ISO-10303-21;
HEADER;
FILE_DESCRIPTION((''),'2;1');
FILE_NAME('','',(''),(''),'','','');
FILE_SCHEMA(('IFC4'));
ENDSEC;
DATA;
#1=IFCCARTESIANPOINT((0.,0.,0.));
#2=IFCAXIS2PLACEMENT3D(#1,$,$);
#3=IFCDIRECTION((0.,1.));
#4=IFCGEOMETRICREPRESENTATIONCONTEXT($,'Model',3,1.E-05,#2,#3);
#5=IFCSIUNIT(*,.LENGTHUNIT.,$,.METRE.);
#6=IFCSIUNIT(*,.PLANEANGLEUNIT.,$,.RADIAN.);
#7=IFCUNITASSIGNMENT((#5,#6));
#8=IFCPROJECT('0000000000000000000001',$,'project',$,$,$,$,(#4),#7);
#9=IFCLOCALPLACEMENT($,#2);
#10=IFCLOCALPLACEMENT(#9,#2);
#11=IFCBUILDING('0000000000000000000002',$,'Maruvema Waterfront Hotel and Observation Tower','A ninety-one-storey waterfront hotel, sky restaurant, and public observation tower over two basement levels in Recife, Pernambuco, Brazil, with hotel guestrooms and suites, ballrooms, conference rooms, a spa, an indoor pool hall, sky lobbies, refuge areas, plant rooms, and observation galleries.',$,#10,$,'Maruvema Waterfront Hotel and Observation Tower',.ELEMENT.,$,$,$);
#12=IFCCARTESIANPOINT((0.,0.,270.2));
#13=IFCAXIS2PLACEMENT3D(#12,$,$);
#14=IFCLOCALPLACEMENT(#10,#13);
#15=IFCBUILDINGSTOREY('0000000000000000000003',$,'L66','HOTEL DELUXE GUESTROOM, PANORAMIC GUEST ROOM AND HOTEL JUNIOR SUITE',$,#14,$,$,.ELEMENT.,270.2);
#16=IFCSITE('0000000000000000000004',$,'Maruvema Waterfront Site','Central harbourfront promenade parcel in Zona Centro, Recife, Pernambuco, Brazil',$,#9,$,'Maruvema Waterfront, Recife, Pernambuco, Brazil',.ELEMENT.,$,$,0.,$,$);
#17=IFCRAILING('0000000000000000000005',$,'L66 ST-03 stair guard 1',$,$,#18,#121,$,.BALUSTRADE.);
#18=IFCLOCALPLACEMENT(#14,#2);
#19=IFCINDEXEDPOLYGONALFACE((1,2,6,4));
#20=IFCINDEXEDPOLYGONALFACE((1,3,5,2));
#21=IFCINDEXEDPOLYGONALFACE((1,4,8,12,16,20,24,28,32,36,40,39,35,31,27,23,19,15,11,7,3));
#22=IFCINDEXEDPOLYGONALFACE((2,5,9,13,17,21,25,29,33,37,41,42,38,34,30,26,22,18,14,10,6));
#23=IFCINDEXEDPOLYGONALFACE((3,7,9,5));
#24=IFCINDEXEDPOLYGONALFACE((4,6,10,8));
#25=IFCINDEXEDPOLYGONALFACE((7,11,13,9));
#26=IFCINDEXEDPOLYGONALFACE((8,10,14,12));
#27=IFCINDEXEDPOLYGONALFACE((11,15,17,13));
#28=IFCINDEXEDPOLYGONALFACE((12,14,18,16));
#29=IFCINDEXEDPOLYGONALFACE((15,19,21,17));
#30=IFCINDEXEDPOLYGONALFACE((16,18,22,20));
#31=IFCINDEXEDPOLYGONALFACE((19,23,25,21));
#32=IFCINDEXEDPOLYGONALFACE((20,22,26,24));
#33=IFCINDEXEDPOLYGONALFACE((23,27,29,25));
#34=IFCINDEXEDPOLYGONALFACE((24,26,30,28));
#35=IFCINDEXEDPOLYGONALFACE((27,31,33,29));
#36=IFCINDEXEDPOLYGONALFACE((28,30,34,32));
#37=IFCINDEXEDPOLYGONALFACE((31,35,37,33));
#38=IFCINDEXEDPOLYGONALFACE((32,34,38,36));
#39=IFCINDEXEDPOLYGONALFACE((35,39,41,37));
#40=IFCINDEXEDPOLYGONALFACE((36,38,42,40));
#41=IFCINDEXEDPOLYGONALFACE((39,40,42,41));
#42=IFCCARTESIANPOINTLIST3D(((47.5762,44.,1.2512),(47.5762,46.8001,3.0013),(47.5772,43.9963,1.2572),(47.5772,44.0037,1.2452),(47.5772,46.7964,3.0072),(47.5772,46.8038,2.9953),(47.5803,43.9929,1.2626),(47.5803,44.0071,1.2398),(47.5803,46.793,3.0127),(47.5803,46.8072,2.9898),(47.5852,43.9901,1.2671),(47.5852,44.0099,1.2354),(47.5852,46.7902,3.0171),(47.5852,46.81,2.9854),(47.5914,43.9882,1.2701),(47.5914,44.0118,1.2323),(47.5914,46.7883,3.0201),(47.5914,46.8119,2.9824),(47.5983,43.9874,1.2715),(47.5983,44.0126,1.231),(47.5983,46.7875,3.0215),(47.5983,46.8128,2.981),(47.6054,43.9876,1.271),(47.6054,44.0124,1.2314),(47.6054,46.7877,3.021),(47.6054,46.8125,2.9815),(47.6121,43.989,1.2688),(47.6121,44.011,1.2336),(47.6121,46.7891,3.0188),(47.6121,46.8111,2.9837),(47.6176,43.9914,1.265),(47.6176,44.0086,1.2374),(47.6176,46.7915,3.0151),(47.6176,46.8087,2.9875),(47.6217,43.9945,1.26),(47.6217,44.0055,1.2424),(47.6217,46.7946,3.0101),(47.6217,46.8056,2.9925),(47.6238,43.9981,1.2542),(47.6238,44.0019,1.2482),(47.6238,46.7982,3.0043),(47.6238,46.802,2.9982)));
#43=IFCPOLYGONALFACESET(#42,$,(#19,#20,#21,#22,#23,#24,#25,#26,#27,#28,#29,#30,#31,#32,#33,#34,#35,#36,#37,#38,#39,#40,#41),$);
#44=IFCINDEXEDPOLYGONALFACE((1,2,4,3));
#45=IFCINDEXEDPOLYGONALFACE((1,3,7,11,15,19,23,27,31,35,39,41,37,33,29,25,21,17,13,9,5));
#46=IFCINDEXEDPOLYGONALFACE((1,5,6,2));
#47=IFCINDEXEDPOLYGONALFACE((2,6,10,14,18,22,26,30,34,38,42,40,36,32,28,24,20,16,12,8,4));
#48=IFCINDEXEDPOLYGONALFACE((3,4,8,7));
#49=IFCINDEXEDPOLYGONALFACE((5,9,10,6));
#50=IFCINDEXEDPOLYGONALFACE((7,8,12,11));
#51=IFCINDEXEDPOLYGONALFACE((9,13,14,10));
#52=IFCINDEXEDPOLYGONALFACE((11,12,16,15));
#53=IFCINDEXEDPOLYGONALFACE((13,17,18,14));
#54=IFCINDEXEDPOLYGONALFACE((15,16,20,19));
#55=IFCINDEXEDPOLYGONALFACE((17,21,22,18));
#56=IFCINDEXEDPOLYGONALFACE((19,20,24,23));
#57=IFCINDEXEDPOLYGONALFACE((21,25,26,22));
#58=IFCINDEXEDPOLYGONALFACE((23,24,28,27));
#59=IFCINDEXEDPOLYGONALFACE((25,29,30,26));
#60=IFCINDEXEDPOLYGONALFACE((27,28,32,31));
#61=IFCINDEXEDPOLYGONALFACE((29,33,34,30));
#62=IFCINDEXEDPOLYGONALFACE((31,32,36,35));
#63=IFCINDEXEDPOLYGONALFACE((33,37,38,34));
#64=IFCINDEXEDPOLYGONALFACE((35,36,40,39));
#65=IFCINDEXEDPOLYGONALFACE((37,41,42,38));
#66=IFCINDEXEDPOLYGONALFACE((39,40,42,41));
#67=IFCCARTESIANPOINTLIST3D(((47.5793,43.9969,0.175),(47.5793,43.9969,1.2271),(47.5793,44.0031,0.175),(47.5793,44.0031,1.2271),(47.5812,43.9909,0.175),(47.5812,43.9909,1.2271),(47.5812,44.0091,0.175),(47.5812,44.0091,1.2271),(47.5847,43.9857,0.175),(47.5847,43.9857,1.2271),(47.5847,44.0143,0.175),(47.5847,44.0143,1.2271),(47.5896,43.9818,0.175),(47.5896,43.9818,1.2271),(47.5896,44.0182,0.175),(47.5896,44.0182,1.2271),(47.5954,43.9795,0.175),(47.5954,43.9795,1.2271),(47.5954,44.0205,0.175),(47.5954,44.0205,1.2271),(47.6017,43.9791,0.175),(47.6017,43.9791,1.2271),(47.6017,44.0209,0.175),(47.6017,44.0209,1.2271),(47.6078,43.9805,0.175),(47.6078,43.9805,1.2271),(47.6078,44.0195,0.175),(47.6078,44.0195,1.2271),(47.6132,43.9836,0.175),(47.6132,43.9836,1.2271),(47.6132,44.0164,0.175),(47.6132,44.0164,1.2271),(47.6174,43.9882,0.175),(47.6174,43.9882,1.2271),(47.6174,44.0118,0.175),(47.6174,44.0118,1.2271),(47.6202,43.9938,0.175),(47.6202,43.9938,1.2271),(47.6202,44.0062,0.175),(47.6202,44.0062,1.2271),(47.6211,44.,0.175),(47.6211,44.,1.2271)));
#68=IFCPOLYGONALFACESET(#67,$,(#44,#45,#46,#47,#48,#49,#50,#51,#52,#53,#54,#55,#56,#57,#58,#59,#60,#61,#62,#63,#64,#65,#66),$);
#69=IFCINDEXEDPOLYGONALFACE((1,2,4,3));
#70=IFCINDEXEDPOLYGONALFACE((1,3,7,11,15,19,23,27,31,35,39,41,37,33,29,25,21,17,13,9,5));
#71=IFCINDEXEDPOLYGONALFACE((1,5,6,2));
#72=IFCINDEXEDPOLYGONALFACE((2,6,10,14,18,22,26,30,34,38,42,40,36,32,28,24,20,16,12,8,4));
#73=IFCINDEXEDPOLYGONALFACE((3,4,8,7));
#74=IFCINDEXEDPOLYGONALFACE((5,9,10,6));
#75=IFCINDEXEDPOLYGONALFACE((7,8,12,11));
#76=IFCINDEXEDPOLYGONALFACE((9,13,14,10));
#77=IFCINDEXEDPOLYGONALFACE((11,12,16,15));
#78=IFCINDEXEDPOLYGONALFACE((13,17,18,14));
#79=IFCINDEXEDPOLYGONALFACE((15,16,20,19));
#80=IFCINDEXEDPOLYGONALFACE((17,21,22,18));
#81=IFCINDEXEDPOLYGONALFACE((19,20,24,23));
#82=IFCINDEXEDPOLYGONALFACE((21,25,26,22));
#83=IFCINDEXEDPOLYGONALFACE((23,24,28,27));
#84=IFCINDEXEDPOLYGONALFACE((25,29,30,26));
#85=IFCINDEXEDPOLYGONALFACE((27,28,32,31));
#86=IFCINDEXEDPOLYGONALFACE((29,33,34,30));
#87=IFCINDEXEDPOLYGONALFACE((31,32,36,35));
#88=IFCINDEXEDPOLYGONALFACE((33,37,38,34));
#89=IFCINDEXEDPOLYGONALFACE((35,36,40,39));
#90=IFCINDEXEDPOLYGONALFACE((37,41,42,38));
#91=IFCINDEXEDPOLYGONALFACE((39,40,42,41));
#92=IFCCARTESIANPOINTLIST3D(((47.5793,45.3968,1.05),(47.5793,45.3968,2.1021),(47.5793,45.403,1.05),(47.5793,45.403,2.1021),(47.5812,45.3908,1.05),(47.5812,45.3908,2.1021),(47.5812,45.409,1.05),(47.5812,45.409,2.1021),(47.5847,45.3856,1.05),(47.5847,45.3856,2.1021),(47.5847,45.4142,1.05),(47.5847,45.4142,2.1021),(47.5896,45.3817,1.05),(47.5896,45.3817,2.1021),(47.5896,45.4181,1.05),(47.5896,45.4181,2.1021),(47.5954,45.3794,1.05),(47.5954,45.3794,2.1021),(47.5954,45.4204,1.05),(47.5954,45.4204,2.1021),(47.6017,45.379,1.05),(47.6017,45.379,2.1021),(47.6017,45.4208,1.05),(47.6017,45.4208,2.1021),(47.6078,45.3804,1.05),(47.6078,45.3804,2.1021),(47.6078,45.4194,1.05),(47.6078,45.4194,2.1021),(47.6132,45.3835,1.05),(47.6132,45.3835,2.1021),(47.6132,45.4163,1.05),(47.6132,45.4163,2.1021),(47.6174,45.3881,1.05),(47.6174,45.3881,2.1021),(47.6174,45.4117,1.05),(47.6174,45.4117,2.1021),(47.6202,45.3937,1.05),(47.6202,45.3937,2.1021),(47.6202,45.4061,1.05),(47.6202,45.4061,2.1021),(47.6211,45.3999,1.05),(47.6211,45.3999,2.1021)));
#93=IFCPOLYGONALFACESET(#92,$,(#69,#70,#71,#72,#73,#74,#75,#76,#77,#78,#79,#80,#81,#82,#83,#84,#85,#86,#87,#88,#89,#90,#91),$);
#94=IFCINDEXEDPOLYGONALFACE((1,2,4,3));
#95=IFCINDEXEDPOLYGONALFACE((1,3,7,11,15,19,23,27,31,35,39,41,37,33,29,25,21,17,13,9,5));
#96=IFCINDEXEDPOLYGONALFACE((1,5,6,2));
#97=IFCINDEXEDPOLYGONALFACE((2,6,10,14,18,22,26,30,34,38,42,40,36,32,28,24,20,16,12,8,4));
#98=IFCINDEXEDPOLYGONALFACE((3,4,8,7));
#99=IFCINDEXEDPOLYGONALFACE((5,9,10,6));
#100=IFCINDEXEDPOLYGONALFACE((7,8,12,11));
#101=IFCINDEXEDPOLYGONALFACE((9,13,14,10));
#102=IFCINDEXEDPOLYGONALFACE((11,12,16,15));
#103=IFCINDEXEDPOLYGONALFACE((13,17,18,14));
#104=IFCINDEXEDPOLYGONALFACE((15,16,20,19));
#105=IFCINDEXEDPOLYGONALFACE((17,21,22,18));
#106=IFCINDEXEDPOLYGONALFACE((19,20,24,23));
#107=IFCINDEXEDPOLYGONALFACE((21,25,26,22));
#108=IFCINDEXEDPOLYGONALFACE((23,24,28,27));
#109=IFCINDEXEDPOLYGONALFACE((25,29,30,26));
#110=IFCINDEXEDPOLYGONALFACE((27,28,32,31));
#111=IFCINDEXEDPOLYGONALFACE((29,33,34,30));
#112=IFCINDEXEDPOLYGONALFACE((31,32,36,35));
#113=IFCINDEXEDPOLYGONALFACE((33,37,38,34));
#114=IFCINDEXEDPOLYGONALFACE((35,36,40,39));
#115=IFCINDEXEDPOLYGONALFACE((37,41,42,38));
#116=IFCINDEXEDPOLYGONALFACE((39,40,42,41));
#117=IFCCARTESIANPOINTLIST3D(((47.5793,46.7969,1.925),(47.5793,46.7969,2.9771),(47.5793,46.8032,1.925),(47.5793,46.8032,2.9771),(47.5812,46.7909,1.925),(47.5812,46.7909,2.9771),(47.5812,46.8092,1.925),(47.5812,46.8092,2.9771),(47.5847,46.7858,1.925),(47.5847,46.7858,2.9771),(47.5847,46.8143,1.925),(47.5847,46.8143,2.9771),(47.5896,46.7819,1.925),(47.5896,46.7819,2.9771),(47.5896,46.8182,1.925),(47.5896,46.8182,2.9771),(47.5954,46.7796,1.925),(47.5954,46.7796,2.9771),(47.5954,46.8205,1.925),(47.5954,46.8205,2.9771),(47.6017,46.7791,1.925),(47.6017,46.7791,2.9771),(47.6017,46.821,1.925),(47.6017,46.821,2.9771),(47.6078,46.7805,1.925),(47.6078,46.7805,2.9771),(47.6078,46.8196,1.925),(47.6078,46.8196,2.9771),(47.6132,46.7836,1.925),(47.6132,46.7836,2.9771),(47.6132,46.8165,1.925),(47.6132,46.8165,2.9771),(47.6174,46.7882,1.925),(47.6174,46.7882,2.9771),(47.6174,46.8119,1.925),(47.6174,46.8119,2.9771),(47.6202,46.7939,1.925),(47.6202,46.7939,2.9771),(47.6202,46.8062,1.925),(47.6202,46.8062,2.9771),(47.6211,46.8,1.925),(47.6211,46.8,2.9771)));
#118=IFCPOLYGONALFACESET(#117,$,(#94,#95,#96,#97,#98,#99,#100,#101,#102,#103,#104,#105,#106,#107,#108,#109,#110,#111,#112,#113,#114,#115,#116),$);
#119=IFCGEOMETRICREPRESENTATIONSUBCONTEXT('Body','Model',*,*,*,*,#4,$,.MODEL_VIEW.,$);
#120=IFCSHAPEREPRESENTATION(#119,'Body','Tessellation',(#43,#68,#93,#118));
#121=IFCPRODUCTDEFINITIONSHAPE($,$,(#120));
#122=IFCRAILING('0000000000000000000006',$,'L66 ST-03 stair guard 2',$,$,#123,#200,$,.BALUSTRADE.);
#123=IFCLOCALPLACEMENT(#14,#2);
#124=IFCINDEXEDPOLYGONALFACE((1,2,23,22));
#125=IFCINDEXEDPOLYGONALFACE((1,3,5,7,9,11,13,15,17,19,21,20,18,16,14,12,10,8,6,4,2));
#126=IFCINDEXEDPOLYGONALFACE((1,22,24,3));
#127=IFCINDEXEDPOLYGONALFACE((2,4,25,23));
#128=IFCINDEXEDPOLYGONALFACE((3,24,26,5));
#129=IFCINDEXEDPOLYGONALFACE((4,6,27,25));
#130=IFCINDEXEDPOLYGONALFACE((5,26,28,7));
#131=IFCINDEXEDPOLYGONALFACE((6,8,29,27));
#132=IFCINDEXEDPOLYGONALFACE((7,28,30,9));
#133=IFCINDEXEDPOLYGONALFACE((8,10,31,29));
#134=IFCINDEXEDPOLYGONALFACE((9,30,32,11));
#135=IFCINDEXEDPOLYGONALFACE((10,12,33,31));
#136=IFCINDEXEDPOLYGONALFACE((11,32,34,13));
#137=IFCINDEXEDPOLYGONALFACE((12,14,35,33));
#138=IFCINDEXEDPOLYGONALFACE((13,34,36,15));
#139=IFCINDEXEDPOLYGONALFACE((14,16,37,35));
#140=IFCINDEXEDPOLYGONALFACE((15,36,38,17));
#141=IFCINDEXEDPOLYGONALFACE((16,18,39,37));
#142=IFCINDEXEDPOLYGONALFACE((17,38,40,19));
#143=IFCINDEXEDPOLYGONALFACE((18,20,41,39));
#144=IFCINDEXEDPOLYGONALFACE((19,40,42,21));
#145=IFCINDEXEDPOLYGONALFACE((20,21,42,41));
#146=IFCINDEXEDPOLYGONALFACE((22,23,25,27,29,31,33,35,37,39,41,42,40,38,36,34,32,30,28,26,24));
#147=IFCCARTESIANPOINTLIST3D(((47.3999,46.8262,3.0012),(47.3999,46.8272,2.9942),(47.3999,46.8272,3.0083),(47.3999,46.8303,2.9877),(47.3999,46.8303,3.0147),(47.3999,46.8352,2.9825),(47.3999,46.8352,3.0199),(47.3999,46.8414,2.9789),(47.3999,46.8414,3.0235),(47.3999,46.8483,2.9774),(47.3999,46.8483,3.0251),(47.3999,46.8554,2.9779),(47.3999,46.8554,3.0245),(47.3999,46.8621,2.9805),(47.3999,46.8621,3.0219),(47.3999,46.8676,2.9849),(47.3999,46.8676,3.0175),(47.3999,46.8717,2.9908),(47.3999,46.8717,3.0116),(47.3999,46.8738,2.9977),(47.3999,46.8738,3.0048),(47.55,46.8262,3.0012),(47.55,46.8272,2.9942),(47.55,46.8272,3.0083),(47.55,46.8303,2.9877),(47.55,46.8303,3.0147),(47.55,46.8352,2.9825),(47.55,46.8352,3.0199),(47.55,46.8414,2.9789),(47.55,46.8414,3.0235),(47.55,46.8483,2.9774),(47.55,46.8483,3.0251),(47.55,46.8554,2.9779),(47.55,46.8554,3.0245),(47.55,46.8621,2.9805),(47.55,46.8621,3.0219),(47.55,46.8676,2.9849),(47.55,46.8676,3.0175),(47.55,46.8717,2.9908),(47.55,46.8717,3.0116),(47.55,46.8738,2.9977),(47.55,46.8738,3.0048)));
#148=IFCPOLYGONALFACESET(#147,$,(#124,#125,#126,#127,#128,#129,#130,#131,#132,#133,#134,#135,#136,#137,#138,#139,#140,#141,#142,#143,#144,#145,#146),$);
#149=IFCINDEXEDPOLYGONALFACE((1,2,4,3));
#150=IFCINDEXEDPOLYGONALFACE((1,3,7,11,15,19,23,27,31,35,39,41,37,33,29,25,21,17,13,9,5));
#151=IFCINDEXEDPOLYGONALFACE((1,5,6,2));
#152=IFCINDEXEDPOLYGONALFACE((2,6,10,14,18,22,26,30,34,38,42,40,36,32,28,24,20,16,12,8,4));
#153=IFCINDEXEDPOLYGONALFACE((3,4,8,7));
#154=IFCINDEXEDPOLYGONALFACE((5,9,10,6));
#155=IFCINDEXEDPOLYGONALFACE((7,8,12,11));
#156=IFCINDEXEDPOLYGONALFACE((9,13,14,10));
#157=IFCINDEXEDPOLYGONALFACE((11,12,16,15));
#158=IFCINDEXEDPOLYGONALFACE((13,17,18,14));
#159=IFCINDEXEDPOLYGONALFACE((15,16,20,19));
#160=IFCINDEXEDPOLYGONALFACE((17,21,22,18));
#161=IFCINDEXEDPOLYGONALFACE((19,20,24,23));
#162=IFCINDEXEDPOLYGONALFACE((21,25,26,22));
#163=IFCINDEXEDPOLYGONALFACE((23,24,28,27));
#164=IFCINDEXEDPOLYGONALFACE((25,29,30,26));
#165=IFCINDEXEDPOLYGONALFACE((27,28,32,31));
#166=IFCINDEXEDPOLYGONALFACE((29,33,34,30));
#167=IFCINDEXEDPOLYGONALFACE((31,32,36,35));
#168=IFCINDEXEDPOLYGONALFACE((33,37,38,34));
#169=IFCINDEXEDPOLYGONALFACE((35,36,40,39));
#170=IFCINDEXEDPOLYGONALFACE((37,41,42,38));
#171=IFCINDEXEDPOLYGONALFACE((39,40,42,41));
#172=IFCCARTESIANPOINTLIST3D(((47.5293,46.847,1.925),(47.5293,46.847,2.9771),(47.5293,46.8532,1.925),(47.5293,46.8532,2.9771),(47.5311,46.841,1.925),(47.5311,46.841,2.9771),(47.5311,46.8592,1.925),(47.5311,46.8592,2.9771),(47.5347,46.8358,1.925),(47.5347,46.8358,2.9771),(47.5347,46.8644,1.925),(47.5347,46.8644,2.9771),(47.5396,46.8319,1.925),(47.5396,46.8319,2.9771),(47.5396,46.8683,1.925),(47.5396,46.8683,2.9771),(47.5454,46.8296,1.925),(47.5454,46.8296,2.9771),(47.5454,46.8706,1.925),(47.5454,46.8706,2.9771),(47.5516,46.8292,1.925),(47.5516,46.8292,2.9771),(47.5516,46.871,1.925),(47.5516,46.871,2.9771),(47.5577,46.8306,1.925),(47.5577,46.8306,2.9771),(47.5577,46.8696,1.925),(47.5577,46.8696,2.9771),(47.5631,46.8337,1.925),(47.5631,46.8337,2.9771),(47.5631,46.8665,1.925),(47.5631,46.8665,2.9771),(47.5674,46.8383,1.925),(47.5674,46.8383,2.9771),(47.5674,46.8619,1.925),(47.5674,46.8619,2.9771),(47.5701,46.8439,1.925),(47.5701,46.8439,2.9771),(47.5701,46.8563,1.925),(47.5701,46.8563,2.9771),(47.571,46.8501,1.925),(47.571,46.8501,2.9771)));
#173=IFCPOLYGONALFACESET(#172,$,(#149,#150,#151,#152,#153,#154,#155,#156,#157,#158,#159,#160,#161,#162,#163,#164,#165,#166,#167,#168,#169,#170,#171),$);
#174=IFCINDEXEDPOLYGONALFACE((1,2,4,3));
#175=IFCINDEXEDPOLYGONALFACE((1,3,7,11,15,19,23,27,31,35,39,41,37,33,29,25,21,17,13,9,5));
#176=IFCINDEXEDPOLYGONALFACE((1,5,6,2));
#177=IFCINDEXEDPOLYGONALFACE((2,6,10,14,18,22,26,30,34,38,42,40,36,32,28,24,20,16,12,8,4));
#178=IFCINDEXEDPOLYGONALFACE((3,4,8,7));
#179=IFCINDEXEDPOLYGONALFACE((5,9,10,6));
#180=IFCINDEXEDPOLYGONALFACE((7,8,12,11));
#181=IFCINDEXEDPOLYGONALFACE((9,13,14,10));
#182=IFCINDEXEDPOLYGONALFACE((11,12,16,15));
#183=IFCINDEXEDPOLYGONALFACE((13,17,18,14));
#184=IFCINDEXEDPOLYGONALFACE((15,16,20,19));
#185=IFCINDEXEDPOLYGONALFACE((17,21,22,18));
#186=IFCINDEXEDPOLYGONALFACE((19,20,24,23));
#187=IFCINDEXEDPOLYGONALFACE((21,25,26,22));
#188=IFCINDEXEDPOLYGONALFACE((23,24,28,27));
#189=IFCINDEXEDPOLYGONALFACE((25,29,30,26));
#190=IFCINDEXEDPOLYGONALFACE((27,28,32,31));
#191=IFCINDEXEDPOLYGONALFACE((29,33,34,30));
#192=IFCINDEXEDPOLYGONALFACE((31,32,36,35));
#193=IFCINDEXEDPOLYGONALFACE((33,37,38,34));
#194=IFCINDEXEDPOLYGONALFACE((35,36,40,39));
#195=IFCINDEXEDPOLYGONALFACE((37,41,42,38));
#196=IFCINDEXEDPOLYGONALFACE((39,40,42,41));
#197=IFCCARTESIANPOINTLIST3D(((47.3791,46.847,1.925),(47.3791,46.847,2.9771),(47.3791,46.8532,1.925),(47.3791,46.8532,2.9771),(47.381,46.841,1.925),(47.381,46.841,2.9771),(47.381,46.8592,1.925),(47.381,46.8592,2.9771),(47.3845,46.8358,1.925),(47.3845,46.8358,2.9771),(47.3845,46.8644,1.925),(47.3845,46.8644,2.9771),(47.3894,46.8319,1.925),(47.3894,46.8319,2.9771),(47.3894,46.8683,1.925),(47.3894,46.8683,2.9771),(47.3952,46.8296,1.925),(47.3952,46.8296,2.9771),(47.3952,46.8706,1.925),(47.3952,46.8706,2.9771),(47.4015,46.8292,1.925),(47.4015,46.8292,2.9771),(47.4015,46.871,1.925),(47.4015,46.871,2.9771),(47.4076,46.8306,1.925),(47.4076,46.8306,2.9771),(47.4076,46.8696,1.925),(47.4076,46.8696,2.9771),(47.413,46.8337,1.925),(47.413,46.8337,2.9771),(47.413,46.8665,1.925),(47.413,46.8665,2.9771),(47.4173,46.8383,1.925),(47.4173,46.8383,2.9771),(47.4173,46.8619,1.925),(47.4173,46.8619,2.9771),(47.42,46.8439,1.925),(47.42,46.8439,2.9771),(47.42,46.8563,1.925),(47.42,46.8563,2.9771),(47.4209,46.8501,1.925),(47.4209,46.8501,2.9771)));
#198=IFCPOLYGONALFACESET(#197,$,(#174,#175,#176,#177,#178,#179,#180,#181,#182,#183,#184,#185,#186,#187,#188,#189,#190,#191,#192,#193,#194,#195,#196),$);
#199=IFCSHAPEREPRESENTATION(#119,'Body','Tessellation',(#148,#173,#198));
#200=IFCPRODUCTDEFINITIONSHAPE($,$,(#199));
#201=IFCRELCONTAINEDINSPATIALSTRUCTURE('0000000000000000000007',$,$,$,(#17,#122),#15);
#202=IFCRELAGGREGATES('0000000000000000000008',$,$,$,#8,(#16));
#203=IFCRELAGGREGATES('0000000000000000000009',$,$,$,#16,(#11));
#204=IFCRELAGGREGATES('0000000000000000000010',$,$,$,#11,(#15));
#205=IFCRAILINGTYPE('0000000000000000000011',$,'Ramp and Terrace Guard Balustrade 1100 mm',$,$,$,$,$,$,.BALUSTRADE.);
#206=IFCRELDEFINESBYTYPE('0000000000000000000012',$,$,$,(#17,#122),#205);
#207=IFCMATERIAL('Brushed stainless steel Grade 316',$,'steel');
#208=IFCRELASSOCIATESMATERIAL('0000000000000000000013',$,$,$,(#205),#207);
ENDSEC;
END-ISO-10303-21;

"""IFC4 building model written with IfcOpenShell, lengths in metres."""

from ifc_helpers import new_model, si_unit, direction, frame, origin, origin_2d, place, context, subcontext, project, spatial, circle, extrude, material, type_object, element, save


model = new_model("IFC4")

# Units and contexts
model_context = context("Model", 3, precision=1e-05, world=origin(), true_north=direction((0.0, 1.0)))
body_context = subcontext(model_context, "Body", "Model", "MODEL_VIEW")
ifc_project = project(units=[si_unit("LENGTHUNIT", "METRE"), si_unit("PLANEANGLEUNIT", "RADIAN")], contexts=[model_context])

# Site, building, storey
site_placement = place(None, origin())
site = spatial("IfcSite", under=ifc_project, at=site_placement, Name="Maruvema Waterfront Site", Description="Central harbourfront promenade parcel in Zona Centro, Recife, Pernambuco, Brazil", LongName="Maruvema Waterfront, Recife, Pernambuco, Brazil", CompositionType="ELEMENT", RefElevation=0.0)
building_placement = place(site_placement, origin())
building = spatial("IfcBuilding", under=site, at=building_placement, Name="Maruvema Waterfront Hotel and Observation Tower", Description="A ninety-one-storey waterfront hotel, sky restaurant, and public observation tower over two basement levels in Recife, Pernambuco, Brazil, with hotel guestrooms and suites, ballrooms, conference rooms, a spa, an indoor pool hall, sky lobbies, refuge areas, plant rooms, and observation galleries.", LongName="Maruvema Waterfront Hotel and Observation Tower", CompositionType="ELEMENT")
storey_placement = place(building_placement, frame((0.0, 0.0, 270.2)))
storey = spatial("IfcBuildingStorey", under=building, at=storey_placement, Name="L66", Description="HOTEL DELUXE GUESTROOM, PANORAMIC GUEST ROOM AND HOTEL JUNIOR SUITE", CompositionType="ELEMENT", Elevation=270.2)

# Railings
ifc_material_1 = material(Name="Brushed stainless steel Grade 316", Category="steel")
railing_type_1 = type_object("IfcRailingType", Name="Ramp and Terrace Guard Balustrade 1100 mm", PredefinedType="BALUSTRADE", material=ifc_material_1)
railing_1_placement = place(storey_placement, frame((47.6001, 44.0, 0.175)))
element("IfcRailing", 1, at=railing_1_placement, inside=storey, type_object=railing_type_1, Name="L66 ST-03 stair guard 1", PredefinedType="BALUSTRADE", context=body_context, shape_type="SweptSolid", body=[
    extrude(circle(Radius=0.0239, at=origin_2d()), frame((0.0, 0.0, 1.0762), z_axis=(0.0, 0.848002, 0.529992), x_axis=(-1.0, 0.0, 0.0)), (0.0, 0.0, 1.0), 3.302),
    extrude(circle(Radius=0.021, at=origin_2d()), origin(), (0.0, 0.0, 1.0), 1.052),
    extrude(circle(Radius=0.021, at=origin_2d()), frame((0.0, 1.3999, 0.875)), (0.0, 0.0, 1.0), 1.052),
    extrude(circle(Radius=0.021, at=origin_2d()), frame((0.0, 2.8, 1.75)), (0.0, 0.0, 1.0), 1.052),
])
for number, where, name in (
    (2, (47.55, 46.8501, 1.925), "L66 ST-03 stair guard 2"),
):
    element("IfcRailing", number, at=place(storey_placement, frame(where)), inside=storey, type_object=railing_type_1, Name=name, PredefinedType="BALUSTRADE", context=body_context, shape_type="SweptSolid", body=[
        extrude(circle(Radius=0.0239, at=origin_2d()), frame((0.0, 0.0, 1.0762), z_axis=(-1.0, 0.0, 0.0), x_axis=(0.0, -1.0, 0.0)), (0.0, 0.0, 1.0), 0.1501),
        extrude(circle(Radius=0.021, at=origin_2d()), origin(), (0.0, 0.0, 1.0), 1.052),
        extrude(circle(Radius=0.021, at=origin_2d()), frame((-0.1501, 0.0, 0.0)), (0.0, 0.0, 1.0), 1.052),
    ])

save(model, "model.ifc")
